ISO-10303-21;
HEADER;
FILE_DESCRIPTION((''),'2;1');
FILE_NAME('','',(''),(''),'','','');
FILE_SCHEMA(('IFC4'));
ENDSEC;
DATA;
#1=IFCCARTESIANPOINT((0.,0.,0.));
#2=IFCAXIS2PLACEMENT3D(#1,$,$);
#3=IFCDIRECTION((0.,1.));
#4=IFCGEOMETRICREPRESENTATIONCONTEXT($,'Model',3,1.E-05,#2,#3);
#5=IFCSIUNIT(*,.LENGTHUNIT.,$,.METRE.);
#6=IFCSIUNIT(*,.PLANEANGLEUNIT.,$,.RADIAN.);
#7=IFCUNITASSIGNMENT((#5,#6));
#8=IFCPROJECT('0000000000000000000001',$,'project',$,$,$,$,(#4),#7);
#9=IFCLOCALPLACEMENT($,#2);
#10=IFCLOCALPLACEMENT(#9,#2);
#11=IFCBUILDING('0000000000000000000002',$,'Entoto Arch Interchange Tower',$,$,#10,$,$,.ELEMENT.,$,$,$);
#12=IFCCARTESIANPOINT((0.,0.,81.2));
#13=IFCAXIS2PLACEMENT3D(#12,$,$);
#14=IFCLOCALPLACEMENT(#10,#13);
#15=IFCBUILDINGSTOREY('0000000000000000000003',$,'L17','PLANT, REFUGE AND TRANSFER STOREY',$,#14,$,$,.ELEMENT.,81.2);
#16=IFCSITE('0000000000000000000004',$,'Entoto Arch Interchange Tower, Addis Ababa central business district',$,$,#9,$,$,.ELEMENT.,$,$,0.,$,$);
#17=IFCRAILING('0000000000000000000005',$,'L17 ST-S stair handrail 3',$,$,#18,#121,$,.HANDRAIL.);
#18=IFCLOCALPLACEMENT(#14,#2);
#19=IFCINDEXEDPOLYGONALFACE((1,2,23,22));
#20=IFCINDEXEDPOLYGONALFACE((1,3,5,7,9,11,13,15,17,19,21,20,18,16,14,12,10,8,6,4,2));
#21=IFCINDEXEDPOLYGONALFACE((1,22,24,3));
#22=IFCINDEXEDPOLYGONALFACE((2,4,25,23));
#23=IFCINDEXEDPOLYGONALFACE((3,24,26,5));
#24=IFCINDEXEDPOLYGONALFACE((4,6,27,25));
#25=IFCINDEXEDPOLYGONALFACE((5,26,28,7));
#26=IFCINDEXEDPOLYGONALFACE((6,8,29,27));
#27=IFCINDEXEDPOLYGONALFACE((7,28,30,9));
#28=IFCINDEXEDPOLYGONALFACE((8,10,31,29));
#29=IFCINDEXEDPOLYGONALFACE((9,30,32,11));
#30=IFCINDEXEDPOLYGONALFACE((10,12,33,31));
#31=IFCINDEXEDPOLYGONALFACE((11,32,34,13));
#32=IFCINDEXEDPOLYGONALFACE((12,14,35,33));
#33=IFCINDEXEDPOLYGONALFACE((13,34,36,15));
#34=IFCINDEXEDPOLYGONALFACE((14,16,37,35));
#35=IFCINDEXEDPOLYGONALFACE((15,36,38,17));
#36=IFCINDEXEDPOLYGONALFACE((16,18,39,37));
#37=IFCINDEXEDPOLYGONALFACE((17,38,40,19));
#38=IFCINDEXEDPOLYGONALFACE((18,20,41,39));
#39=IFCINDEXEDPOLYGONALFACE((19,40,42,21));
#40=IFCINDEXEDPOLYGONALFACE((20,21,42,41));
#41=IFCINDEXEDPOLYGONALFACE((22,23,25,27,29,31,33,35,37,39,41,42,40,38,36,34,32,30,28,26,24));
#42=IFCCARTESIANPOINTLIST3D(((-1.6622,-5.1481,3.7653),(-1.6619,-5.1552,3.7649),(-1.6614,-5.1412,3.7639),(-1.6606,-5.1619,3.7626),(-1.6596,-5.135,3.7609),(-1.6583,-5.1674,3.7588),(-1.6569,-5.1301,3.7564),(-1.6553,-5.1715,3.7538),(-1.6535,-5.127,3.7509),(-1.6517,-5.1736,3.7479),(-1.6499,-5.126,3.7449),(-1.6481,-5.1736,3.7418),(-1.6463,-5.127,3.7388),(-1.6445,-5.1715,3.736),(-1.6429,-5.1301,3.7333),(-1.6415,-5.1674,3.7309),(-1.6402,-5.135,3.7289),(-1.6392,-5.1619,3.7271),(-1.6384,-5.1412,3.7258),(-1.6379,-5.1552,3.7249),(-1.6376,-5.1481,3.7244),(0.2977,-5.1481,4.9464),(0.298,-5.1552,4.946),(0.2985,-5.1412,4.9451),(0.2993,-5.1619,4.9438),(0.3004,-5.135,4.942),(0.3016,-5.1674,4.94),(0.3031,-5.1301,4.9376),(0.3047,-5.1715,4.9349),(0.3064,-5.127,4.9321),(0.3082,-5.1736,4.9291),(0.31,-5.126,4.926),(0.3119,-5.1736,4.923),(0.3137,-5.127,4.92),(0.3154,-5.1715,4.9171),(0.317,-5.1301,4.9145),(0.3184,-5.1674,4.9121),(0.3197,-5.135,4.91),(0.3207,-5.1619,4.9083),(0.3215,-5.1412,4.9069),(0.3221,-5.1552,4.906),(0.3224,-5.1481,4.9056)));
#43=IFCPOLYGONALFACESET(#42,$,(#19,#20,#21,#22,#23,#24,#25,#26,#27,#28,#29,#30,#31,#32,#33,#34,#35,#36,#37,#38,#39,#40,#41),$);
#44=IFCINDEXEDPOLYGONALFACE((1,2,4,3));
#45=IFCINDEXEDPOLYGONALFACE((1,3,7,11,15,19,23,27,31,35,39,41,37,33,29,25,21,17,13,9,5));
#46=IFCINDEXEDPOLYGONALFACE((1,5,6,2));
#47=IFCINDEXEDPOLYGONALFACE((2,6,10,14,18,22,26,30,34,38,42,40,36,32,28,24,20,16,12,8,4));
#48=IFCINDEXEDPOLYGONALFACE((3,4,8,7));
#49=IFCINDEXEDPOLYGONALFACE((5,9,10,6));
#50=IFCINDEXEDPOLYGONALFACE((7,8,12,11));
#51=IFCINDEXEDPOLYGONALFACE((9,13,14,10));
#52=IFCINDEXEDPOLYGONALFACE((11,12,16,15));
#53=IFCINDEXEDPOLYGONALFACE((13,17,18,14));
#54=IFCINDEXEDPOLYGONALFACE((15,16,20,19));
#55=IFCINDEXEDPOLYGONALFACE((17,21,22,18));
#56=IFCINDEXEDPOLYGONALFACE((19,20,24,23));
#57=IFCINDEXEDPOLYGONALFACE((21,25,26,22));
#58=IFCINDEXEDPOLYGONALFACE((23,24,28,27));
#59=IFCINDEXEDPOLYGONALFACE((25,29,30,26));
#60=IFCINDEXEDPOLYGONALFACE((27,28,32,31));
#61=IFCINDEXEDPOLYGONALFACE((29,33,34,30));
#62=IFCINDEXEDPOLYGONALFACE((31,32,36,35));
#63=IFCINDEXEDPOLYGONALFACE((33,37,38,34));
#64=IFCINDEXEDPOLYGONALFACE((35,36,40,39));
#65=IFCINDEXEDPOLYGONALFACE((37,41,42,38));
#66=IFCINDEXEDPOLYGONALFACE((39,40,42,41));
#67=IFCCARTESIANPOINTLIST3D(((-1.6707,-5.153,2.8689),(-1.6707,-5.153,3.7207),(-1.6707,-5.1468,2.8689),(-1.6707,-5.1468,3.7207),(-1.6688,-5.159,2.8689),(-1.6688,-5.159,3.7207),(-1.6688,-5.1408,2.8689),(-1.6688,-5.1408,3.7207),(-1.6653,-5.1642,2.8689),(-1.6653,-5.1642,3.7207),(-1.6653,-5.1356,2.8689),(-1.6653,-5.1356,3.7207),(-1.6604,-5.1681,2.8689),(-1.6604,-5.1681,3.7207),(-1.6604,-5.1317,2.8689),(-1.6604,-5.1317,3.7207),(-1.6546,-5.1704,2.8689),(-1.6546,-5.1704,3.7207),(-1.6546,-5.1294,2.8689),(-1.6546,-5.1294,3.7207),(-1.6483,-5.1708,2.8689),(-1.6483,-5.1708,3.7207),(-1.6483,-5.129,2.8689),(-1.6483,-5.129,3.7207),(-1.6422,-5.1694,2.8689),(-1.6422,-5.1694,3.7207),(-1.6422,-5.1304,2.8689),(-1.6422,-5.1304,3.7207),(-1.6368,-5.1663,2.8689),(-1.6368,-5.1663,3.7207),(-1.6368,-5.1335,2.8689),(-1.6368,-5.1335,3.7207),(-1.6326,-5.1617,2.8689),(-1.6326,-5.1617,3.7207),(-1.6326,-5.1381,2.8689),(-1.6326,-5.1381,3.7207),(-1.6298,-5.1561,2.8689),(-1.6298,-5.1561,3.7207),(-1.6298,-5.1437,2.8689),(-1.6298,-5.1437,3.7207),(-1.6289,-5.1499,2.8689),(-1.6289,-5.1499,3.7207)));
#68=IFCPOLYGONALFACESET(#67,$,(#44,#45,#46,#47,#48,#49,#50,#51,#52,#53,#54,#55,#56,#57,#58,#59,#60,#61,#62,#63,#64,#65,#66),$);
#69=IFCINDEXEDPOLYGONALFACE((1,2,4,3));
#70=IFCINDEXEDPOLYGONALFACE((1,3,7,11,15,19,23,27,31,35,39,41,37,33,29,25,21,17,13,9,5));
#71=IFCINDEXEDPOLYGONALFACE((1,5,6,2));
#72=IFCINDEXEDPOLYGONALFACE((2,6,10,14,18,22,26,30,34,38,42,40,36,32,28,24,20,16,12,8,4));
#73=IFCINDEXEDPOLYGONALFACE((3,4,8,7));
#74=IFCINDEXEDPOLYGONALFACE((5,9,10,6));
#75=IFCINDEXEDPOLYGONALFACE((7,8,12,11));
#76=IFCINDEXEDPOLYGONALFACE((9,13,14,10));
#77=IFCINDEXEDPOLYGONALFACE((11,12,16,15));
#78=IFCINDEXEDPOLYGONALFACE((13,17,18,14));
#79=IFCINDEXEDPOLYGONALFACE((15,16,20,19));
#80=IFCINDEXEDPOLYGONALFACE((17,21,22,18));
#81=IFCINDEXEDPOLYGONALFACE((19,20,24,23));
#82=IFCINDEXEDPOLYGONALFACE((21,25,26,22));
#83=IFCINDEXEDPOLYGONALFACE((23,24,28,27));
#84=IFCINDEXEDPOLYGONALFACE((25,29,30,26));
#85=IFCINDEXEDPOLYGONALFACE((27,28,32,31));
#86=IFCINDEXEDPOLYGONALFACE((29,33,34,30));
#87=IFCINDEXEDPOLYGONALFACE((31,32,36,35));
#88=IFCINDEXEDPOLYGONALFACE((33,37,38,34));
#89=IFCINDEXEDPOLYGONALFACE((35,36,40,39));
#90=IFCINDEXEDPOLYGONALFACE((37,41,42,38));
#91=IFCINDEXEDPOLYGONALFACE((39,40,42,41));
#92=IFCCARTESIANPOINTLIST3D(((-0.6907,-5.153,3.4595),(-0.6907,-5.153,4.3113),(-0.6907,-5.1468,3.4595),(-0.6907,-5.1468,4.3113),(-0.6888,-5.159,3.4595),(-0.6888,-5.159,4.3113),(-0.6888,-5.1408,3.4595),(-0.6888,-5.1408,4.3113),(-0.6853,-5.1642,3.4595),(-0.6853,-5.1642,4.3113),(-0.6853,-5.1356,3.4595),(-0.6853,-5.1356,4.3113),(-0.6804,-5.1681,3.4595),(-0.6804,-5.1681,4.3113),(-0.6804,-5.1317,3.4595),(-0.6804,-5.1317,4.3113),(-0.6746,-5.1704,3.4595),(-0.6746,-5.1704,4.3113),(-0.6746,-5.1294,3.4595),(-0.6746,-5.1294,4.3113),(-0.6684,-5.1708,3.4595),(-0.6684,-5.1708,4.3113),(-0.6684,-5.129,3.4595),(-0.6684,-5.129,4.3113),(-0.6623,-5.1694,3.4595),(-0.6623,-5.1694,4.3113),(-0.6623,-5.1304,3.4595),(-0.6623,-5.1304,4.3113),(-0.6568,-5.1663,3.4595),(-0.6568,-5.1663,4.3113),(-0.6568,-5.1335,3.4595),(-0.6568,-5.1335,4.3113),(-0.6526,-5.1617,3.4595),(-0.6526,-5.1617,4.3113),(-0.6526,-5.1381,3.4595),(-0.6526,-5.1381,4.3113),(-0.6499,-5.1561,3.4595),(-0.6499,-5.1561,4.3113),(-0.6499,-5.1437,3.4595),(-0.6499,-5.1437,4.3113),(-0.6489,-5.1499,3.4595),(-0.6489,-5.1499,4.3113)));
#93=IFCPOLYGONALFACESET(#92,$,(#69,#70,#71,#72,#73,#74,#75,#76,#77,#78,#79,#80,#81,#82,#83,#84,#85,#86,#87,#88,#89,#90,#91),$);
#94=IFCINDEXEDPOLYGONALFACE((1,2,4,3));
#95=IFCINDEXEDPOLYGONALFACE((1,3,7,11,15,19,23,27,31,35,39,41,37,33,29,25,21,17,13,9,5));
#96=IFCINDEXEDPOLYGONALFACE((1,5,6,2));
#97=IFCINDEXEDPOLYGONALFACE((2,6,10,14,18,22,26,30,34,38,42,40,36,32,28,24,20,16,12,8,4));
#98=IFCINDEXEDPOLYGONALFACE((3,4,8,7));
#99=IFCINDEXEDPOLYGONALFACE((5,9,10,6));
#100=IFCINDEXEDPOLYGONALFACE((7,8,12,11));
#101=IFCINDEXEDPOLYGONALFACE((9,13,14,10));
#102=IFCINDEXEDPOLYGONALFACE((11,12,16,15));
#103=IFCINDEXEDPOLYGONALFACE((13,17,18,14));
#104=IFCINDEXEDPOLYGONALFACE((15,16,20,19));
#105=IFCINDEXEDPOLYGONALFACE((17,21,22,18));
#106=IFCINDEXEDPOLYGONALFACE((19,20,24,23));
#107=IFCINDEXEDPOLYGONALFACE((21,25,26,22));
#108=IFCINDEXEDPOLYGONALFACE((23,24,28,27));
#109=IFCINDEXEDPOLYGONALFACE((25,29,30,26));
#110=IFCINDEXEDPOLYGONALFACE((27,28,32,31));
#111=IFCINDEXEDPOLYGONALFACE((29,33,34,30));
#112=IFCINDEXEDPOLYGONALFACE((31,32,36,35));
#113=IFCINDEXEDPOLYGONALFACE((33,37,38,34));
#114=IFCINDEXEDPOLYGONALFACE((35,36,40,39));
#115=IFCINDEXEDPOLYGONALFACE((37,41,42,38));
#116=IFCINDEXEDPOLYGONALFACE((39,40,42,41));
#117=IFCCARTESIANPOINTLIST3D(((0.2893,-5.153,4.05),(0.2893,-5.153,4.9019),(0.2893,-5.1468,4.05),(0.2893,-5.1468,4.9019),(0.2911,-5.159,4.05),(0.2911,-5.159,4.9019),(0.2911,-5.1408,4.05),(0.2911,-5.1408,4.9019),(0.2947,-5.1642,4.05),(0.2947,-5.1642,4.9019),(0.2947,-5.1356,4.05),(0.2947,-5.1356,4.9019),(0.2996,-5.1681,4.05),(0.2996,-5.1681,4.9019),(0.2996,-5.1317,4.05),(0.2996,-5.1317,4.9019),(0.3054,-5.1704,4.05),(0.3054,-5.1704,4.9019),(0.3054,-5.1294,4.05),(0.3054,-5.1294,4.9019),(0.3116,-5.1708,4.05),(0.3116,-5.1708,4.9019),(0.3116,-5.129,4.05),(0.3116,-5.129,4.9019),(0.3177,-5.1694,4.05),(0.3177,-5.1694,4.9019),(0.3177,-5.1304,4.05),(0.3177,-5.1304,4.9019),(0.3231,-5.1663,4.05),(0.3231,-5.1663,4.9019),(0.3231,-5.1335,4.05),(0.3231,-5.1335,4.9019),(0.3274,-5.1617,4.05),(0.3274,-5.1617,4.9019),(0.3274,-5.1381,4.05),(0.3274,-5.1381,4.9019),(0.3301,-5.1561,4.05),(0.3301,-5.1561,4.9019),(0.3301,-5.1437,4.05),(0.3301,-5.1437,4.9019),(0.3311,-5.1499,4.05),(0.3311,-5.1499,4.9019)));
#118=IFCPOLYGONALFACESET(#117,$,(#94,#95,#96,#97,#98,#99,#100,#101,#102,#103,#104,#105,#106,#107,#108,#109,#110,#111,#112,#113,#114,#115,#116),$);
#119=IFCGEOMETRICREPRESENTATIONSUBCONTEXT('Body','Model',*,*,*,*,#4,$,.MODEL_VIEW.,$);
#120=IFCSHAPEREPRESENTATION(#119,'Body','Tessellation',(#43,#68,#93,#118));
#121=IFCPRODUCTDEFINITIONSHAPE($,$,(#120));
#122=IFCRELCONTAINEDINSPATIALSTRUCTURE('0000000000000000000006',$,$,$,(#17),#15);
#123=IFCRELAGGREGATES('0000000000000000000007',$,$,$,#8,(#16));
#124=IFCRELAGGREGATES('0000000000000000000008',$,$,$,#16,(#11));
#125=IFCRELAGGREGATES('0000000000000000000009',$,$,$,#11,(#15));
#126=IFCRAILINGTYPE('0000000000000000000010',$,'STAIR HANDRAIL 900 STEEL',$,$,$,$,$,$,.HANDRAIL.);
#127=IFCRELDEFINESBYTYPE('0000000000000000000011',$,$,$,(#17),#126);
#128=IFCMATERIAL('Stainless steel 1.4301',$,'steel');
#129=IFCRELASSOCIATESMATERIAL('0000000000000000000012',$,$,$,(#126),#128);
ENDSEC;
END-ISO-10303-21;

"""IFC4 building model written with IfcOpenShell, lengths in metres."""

from ifc_helpers import new_model, si_unit, direction, frame, origin, origin_2d, place, context, subcontext, project, spatial, circle, extrude, material, type_object, element, save


model = new_model("IFC4")

# Units and contexts
model_context = context("Model", 3, precision=1e-05, world=origin(), true_north=direction((0.0, 1.0)))
body_context = subcontext(model_context, "Body", "Model", "MODEL_VIEW")
ifc_project = project(units=[si_unit("LENGTHUNIT", "METRE"), si_unit("PLANEANGLEUNIT", "RADIAN")], contexts=[model_context])

# Site, building, storey
site_placement = place(None, origin())
site = spatial("IfcSite", under=ifc_project, at=site_placement, Name="Entoto Arch Interchange Tower, Addis Ababa central business district", CompositionType="ELEMENT", RefElevation=0.0)
building_placement = place(site_placement, origin())
building = spatial("IfcBuilding", under=site, at=building_placement, Name="Entoto Arch Interchange Tower", CompositionType="ELEMENT")
storey_placement = place(building_placement, frame((0.0, 0.0, 81.2)))
storey = spatial("IfcBuildingStorey", under=building, at=storey_placement, Name="L17", Description="PLANT, REFUGE AND TRANSFER STOREY", CompositionType="ELEMENT", Elevation=81.2)

# Railing
ifc_material_1 = material(Name="Stainless steel 1.4301", Category="steel")
railing_type_1 = type_object("IfcRailingType", Name="STAIR HANDRAIL 900 STEEL", PredefinedType="HANDRAIL", material=ifc_material_1)
railing_1_placement = place(storey_placement, frame((-1.6499, -5.1499, 2.8689)))
element("IfcRailing", 1, at=railing_1_placement, inside=storey, type_object=railing_type_1, Name="L17 ST-S stair handrail 3", PredefinedType="HANDRAIL", context=body_context, shape_type="SweptSolid", body=[
    extrude(circle(Radius=0.0239, at=origin_2d()), frame((0.0, 0.0, 0.876), z_axis=(0.856493, 0.0, 0.516158), x_axis=(0.0, 1.0, 0.0)), (0.0, 0.0, 1.0), 2.2883),
    extrude(circle(Radius=0.021, at=origin_2d()), origin(), (0.0, 0.0, 1.0), 0.8518),
    extrude(circle(Radius=0.021, at=origin_2d()), frame((0.98, 0.0, 0.5906)), (0.0, 0.0, 1.0), 0.8518),
    extrude(circle(Radius=0.021, at=origin_2d()), frame((1.96, 0.0, 1.1812)), (0.0, 0.0, 1.0), 0.8518),
])

save(model, "model.ifc")
